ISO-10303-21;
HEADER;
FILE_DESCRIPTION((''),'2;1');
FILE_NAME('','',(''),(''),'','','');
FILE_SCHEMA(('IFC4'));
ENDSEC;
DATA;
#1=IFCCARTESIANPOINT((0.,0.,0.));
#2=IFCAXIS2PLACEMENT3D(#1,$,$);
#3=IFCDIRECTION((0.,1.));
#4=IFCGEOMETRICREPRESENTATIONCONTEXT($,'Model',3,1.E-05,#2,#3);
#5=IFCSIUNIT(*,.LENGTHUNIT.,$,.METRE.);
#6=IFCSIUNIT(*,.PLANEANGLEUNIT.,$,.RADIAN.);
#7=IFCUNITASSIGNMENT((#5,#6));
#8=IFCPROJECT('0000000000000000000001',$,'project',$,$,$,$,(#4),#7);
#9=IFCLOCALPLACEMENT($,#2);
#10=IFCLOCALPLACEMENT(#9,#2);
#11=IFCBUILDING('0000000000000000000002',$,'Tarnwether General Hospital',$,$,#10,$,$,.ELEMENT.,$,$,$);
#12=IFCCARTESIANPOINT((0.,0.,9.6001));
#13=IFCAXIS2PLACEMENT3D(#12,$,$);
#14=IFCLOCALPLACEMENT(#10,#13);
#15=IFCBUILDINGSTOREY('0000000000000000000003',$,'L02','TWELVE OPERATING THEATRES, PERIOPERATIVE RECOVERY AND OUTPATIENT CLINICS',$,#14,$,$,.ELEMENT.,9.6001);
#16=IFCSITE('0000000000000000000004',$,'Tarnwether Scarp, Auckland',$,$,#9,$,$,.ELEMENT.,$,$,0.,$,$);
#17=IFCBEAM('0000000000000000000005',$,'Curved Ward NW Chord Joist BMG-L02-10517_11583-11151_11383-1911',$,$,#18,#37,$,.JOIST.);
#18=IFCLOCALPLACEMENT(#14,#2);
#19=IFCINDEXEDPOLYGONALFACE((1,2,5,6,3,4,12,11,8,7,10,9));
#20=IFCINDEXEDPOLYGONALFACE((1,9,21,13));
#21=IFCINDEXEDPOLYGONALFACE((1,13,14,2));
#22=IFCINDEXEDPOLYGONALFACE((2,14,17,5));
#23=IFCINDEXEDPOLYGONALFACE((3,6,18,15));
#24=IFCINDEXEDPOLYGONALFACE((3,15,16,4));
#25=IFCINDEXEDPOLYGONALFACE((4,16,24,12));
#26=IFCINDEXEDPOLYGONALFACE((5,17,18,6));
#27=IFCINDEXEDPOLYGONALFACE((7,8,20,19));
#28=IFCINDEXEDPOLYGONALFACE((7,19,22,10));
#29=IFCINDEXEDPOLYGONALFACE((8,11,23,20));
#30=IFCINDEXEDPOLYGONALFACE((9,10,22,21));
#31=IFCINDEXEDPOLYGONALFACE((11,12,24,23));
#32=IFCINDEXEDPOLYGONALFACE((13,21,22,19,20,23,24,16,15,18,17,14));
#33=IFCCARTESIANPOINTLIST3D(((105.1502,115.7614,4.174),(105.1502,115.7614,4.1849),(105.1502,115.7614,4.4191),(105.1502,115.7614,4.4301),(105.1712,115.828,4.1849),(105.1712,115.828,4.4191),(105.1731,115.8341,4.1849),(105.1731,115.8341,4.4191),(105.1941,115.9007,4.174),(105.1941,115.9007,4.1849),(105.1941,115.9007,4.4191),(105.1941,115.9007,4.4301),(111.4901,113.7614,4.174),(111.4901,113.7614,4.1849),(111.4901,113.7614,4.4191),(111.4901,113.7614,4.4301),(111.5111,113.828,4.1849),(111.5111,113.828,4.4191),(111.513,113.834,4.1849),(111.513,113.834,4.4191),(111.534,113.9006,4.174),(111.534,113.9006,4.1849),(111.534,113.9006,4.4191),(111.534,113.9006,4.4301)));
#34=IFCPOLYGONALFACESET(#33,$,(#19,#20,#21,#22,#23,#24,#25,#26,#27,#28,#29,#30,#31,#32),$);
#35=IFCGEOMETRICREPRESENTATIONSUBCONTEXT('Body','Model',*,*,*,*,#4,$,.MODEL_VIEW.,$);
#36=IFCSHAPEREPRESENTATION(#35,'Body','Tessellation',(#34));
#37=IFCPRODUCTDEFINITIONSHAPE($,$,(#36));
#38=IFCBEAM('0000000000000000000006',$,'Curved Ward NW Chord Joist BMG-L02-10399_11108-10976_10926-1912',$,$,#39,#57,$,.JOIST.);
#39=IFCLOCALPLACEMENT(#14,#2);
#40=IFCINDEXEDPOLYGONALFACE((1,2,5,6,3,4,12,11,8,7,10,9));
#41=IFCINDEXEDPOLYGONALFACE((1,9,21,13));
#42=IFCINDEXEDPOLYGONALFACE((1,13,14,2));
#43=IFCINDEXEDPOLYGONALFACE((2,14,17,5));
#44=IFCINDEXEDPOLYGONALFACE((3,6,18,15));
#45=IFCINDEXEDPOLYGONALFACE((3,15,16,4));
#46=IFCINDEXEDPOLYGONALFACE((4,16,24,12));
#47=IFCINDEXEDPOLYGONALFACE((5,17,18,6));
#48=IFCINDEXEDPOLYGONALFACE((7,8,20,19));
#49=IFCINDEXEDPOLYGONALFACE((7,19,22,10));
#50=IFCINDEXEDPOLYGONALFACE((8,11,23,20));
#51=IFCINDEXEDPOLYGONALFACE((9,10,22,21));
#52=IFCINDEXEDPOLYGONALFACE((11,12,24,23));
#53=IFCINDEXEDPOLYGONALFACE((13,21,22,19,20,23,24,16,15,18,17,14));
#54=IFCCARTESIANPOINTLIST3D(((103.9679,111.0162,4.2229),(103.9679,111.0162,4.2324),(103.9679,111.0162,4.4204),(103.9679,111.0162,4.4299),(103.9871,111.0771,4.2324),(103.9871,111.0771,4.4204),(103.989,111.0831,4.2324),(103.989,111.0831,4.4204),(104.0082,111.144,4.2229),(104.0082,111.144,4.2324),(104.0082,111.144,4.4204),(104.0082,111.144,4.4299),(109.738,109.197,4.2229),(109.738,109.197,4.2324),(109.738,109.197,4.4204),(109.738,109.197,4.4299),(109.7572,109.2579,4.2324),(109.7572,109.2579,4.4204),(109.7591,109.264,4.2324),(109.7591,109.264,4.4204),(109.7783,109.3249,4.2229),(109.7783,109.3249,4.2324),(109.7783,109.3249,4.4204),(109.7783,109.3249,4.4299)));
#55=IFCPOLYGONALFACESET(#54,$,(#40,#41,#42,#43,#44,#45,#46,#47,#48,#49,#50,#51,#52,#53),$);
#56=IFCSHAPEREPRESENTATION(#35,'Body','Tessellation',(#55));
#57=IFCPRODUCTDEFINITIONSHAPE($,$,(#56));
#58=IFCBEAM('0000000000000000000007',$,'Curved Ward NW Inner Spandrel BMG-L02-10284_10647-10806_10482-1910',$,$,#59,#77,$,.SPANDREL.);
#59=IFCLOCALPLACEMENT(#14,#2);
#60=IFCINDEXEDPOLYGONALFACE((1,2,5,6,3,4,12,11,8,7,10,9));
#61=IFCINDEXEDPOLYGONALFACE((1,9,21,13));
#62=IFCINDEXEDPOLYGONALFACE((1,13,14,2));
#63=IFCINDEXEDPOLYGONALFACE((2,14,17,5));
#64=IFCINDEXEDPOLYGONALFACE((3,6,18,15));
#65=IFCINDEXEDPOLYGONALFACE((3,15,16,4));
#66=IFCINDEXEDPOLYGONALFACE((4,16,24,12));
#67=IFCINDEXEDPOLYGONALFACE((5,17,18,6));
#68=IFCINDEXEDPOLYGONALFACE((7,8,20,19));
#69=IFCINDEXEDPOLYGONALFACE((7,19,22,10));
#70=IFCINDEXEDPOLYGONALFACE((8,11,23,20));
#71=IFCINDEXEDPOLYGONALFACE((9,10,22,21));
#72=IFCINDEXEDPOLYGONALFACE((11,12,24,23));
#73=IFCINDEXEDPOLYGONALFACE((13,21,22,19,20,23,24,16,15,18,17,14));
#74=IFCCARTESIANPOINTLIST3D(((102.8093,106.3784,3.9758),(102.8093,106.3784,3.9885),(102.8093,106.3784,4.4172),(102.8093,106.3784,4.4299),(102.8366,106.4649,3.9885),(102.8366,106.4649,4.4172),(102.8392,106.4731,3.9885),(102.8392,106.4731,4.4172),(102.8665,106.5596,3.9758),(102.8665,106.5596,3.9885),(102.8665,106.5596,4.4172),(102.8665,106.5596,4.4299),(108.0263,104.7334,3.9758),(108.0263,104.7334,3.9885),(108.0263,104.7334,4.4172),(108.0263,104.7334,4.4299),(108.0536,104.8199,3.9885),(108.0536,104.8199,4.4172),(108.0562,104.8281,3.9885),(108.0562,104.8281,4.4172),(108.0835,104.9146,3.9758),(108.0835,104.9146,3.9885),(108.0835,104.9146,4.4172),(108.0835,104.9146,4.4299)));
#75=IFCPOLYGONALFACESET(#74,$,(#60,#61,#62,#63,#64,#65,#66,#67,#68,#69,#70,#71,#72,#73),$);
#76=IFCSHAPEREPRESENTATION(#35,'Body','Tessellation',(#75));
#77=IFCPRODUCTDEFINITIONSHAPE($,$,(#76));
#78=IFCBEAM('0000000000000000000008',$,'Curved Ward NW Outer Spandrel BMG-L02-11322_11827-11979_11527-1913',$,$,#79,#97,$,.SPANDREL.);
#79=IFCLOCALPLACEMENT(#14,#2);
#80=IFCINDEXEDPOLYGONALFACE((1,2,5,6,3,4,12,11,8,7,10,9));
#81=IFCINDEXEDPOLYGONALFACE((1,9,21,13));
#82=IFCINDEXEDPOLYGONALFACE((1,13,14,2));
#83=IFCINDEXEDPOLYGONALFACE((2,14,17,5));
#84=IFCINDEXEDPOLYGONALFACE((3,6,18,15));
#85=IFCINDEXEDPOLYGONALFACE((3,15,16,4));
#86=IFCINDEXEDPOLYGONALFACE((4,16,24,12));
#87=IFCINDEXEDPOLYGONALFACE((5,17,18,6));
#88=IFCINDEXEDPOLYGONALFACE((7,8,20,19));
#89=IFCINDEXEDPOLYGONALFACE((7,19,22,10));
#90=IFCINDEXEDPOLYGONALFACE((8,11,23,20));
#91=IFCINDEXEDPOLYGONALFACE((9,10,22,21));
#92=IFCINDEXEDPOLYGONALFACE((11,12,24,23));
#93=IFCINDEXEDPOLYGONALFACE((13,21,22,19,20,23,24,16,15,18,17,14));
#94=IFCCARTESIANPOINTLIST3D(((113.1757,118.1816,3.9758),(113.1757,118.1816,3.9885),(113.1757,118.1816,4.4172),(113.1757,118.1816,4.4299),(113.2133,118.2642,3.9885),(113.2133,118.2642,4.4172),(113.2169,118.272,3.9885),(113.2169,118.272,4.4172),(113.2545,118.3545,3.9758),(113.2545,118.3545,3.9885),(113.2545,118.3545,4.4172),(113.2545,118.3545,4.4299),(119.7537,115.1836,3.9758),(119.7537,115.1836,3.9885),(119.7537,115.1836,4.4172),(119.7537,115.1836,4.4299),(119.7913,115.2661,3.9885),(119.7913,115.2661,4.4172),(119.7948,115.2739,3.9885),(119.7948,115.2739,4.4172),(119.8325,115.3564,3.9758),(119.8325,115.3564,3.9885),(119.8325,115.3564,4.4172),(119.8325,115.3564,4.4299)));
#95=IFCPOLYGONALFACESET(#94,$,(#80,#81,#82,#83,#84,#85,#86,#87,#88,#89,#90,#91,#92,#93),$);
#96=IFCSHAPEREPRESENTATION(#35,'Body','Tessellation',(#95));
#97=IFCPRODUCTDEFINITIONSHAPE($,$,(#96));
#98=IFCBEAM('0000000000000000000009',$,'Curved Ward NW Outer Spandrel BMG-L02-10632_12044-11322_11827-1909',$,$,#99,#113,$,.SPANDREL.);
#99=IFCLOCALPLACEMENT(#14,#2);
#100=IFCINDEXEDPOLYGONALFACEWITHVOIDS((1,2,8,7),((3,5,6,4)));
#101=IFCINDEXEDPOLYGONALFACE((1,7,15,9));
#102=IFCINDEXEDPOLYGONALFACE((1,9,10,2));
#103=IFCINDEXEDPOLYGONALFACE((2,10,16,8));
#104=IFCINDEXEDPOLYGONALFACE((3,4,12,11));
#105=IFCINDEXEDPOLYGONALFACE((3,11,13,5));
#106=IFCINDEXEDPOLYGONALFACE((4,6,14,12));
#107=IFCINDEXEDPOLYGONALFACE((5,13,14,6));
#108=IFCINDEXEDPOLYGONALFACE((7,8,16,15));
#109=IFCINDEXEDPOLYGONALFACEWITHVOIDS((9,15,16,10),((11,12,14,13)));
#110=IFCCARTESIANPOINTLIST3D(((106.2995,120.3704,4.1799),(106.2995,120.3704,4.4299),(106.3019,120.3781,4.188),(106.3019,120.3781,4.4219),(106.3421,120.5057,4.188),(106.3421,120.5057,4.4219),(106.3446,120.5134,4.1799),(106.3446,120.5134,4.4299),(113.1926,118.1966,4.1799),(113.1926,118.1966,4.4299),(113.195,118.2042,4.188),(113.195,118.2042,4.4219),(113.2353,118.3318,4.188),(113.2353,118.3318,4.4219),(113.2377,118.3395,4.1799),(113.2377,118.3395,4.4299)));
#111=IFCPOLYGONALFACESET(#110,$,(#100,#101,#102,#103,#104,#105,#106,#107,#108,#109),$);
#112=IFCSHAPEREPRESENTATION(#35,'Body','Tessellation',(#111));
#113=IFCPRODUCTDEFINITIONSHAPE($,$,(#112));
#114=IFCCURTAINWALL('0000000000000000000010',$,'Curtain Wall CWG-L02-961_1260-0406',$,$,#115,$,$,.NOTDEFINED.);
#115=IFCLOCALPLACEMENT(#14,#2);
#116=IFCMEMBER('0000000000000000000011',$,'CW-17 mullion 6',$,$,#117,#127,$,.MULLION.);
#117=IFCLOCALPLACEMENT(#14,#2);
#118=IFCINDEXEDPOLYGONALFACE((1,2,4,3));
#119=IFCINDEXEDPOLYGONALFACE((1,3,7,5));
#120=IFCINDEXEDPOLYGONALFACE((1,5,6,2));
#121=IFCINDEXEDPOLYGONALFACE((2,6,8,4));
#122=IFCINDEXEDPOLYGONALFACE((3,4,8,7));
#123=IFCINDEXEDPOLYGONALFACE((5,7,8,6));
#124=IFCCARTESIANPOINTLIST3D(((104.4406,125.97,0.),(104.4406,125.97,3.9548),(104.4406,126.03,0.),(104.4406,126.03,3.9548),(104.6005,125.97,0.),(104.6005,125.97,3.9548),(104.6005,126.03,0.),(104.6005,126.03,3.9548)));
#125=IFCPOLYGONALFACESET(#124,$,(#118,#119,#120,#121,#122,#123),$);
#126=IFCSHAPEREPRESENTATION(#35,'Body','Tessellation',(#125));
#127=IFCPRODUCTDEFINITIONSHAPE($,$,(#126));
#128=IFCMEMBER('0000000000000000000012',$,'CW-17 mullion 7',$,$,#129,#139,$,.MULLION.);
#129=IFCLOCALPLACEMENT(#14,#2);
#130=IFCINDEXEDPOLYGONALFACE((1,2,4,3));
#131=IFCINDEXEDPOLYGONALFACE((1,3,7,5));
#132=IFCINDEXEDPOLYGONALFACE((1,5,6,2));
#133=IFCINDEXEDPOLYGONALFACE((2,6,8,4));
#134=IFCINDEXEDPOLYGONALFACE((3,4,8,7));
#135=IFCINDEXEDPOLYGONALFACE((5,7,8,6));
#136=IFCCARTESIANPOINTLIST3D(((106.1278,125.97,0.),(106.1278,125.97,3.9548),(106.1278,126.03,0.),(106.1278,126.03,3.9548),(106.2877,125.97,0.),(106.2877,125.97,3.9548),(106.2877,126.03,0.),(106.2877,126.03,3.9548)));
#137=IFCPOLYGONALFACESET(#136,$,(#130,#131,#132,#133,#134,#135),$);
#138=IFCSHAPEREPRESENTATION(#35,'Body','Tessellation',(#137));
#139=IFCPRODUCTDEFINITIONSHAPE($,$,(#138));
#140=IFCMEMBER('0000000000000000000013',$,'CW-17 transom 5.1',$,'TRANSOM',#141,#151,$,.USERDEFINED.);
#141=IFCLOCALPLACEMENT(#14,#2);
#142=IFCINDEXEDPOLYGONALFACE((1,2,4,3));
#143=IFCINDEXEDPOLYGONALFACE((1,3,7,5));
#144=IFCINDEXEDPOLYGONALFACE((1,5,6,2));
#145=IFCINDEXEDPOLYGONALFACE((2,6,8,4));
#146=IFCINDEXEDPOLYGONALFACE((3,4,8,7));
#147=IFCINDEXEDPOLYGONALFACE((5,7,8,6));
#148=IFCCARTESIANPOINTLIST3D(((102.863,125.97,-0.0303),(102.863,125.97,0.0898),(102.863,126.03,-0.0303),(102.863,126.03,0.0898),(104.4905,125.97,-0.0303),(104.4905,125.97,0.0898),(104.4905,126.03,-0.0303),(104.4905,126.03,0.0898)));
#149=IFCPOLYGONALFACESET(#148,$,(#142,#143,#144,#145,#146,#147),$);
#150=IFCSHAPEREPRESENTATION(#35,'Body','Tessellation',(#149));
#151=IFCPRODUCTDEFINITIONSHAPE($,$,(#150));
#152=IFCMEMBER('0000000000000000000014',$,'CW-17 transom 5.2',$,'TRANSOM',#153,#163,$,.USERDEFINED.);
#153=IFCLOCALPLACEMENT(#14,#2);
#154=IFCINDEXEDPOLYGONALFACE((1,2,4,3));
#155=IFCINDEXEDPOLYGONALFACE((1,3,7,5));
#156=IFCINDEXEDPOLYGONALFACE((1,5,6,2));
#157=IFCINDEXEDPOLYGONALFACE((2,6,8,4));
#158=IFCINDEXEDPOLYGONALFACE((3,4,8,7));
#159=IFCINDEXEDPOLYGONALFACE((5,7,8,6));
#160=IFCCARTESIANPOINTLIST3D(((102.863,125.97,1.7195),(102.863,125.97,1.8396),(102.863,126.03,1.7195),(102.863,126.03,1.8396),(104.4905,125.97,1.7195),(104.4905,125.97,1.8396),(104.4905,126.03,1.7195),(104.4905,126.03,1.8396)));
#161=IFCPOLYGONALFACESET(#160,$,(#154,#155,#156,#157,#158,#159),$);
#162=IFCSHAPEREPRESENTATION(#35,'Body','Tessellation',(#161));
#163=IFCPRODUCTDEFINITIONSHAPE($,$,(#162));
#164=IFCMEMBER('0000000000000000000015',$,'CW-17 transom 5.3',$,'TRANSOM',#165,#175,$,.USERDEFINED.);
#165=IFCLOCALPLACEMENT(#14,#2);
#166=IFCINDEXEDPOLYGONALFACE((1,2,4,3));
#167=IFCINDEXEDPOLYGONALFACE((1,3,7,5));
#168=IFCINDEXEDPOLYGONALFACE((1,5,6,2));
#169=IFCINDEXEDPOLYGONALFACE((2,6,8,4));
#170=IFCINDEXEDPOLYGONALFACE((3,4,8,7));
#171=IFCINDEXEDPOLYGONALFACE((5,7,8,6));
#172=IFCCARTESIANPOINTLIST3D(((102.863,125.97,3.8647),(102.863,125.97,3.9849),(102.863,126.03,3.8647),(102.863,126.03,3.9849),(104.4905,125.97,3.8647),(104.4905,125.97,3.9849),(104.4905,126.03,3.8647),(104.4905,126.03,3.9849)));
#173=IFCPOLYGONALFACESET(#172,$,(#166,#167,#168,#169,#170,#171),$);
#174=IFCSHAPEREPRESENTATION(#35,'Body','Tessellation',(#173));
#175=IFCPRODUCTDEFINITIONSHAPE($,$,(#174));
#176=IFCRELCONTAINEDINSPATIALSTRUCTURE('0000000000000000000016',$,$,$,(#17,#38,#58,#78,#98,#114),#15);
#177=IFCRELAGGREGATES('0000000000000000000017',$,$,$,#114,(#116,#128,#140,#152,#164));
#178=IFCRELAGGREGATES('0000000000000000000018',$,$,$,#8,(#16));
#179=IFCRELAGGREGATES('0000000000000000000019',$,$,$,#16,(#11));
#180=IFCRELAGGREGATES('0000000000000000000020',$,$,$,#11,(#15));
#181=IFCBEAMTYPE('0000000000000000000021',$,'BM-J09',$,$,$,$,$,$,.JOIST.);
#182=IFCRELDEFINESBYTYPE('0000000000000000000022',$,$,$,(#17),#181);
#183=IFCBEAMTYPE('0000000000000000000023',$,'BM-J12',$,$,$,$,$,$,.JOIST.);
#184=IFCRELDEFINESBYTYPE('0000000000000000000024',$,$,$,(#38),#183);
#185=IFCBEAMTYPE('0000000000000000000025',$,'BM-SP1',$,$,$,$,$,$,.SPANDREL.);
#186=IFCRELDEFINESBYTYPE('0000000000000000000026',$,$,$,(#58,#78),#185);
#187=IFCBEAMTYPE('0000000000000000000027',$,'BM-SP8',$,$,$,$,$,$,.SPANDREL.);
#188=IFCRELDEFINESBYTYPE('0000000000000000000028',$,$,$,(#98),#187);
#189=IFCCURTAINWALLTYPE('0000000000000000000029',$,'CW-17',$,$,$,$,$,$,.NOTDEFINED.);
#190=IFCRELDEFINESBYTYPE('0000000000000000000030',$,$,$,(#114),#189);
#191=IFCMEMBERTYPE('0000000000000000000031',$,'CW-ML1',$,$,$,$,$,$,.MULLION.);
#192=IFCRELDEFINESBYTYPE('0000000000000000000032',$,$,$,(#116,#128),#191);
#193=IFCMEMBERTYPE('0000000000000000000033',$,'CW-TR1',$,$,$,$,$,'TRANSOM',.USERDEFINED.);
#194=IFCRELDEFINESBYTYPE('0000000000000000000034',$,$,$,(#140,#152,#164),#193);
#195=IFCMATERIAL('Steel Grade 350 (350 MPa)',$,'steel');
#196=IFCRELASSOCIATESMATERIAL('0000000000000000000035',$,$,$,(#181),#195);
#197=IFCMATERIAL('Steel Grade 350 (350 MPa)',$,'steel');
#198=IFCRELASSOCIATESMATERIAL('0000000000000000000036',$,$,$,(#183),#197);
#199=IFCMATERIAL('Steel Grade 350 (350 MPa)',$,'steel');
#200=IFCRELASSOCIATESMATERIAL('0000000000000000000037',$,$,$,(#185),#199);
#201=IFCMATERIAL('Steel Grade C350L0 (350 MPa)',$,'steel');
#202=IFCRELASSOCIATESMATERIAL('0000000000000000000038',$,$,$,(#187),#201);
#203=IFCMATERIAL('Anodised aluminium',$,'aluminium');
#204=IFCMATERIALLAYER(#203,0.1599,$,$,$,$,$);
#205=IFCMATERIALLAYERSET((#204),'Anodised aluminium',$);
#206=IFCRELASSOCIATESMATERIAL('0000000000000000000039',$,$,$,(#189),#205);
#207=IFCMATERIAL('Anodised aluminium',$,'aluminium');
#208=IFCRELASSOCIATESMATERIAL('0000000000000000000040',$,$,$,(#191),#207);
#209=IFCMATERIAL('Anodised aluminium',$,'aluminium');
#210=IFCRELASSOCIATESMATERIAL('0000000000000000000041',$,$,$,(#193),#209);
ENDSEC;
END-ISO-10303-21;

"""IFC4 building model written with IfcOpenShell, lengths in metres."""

from ifc_helpers import new_model, si_unit, direction, frame, origin, origin_2d, place, context, subcontext, project, spatial, rectangle, hollow_rectangle, i_section, extrude, material, layer, layer_set, material_profile, profile_set, type_object, element, aggregate, save


model = new_model("IFC4")

# Units and contexts
model_context = context("Model", 3, precision=1e-05, world=origin(), true_north=direction((0.0, 1.0)))
body_context = subcontext(model_context, "Body", "Model", "MODEL_VIEW")
ifc_project = project(units=[si_unit("LENGTHUNIT", "METRE"), si_unit("PLANEANGLEUNIT", "RADIAN")], contexts=[model_context])

# Site, building, storey
site_placement = place(None, origin())
site = spatial("IfcSite", under=ifc_project, at=site_placement, Name="Tarnwether Scarp, Auckland", CompositionType="ELEMENT", RefElevation=0.0)
building_placement = place(site_placement, origin())
building = spatial("IfcBuilding", under=site, at=building_placement, Name="Tarnwether General Hospital", CompositionType="ELEMENT")
storey_placement = place(building_placement, frame((0.0, 0.0, 9.6001)))
storey = spatial("IfcBuildingStorey", under=building, at=storey_placement, Name="L02", Description="TWELVE OPERATING THEATRES, PERIOPERATIVE RECOVERY AND OUTPATIENT CLINICS", CompositionType="ELEMENT", Elevation=9.6001)

# Beams
ifc_material_1 = material(Name="Steel Grade 350 (350 MPa)", Category="steel")
ifc_material_profile_1 = material_profile(ifc_material_1, i_section(OverallWidth=0.146, OverallDepth=0.2561, WebThickness=0.0063, FlangeThickness=0.011, at=origin_2d()), Name="250UB37.3")
ifc_profile_set_1 = profile_set([ifc_material_profile_1], Name="Steel Grade 350 (350 MPa)")
beam_type_1 = type_object("IfcBeamType", Name="BM-J09", PredefinedType="JOIST", material=ifc_profile_set_1)
beam_1_placement = place(storey_placement, frame((105.1721, 115.8311, 4.302), z_axis=(0.953671, -0.30085, 0.0), x_axis=(0.30085, 0.953671, 0.0)))
element("IfcBeam", 1, at=beam_1_placement, inside=storey, type_object=beam_type_1, Name="Curved Ward NW Chord Joist BMG-L02-10517_11583-11151_11383-1911", PredefinedType="JOIST", context=body_context, shape_type="SweptSolid", body=[
    extrude(i_section(OverallWidth=0.146, OverallDepth=0.2561, WebThickness=0.0063, FlangeThickness=0.011, at=origin_2d()), origin(), (0.0, 0.0, 1.0), 6.6479),
])
ifc_material_2 = material(Name="Steel Grade 350 (350 MPa)", Category="steel")
ifc_material_profile_2 = material_profile(ifc_material_2, i_section(OverallWidth=0.134, OverallDepth=0.207, WebThickness=0.0063, FlangeThickness=0.0095, at=origin_2d()), Name="200UB29.8")
ifc_profile_set_2 = profile_set([ifc_material_profile_2], Name="Steel Grade 350 (350 MPa)")
beam_type_2 = type_object("IfcBeamType", Name="BM-J12", PredefinedType="JOIST", material=ifc_profile_set_2)
beam_2_placement = place(storey_placement, frame((103.988, 111.0801, 4.3264), z_axis=(0.953726, -0.300677, 0.0), x_axis=(0.300677, 0.953726, 0.0)))
element("IfcBeam", 2, at=beam_2_placement, inside=storey, type_object=beam_type_2, Name="Curved Ward NW Chord Joist BMG-L02-10399_11108-10976_10926-1912", PredefinedType="JOIST", context=body_context, shape_type="SweptSolid", body=[
    extrude(i_section(OverallWidth=0.134, OverallDepth=0.207, WebThickness=0.0063, FlangeThickness=0.0095, at=origin_2d()), origin(), (0.0, 0.0, 1.0), 6.05),
])
ifc_material_3 = material(Name="Steel Grade 350 (350 MPa)", Category="steel")
ifc_material_profile_3 = material_profile(ifc_material_3, i_section(OverallWidth=0.1899, OverallDepth=0.4541, WebThickness=0.0085, FlangeThickness=0.0127, at=origin_2d()), Name="460UB67.1")
ifc_profile_set_3 = profile_set([ifc_material_profile_3], Name="Steel Grade 350 (350 MPa)")
beam_type_3 = type_object("IfcBeamType", Name="BM-SP1", PredefinedType="SPANDREL", material=ifc_profile_set_3)
beam_3_placement = place(storey_placement, frame((102.8379, 106.469, 4.2029), z_axis=(0.953712, -0.300721, 0.0), x_axis=(0.300721, 0.953712, 0.0)))
element("IfcBeam", 3, at=beam_3_placement, inside=storey, type_object=beam_type_3, Name="Curved Ward NW Inner Spandrel BMG-L02-10284_10647-10806_10482-1910", PredefinedType="SPANDREL", context=body_context, shape_type="SweptSolid", body=[
    extrude(i_section(OverallWidth=0.1899, OverallDepth=0.4541, WebThickness=0.0085, FlangeThickness=0.0127, at=origin_2d()), origin(), (0.0, 0.0, 1.0), 5.4702),
])
beam_4_placement = place(storey_placement, frame((113.2151, 118.2681, 4.2029), z_axis=(0.909944, -0.414731, 0.0), x_axis=(0.414731, 0.909944, 0.0)))
element("IfcBeam", 4, at=beam_4_placement, inside=storey, type_object=beam_type_3, Name="Curved Ward NW Outer Spandrel BMG-L02-11322_11827-11979_11527-1913", PredefinedType="SPANDREL", context=body_context, shape_type="SweptSolid", body=[
    extrude(i_section(OverallWidth=0.1899, OverallDepth=0.4541, WebThickness=0.0085, FlangeThickness=0.0127, at=origin_2d()), origin(), (0.0, 0.0, 1.0), 7.229),
])
ifc_material_4 = material(Name="Steel Grade C350L0 (350 MPa)", Category="steel")
ifc_material_profile_4 = material_profile(ifc_material_4, hollow_rectangle(XDim=0.1499, YDim=0.25, WallThickness=0.0081, at=origin_2d()), Name="RHS250x150x8")
ifc_profile_set_4 = profile_set([ifc_material_profile_4], Name="Steel Grade C350L0 (350 MPa)")
beam_type_4 = type_object("IfcBeamType", Name="BM-SP8", PredefinedType="SPANDREL", material=ifc_profile_set_4)
beam_5_placement = place(storey_placement, frame((106.322, 120.4419, 4.3049), z_axis=(0.953699, -0.300763, 0.0), x_axis=(0.300763, 0.953699, 0.0)))
element("IfcBeam", 5, at=beam_5_placement, inside=storey, type_object=beam_type_4, Name="Curved Ward NW Outer Spandrel BMG-L02-10632_12044-11322_11827-1909", PredefinedType="SPANDREL", context=body_context, shape_type="SweptSolid", body=[
    extrude(hollow_rectangle(XDim=0.1499, YDim=0.25, WallThickness=0.0081, at=origin_2d()), origin(), (0.0, 0.0, 1.0), 7.2278),
])

# Curtain wall, members
ifc_material_5 = material(Name="Anodised aluminium", Category="aluminium")
ifc_layer_1 = layer(ifc_material_5, 0.1599)
ifc_layer_set_1 = layer_set([ifc_layer_1], Name="Anodised aluminium")
curtain_wall_type = type_object("IfcCurtainWallType", Name="CW-17", PredefinedType="NOTDEFINED", material=ifc_layer_set_1)
curtain_wall_placement = place(storey_placement, origin())
curtain_wall = element("IfcCurtainWall", 6, at=curtain_wall_placement, inside=storey, type_object=curtain_wall_type, Name="Curtain Wall CWG-L02-961_1260-0406", PredefinedType="NOTDEFINED")
ifc_material_6 = material(Name="Anodised aluminium", Category="aluminium")
ifc_material_profile_5 = material_profile(ifc_material_6, rectangle(XDim=0.0601, YDim=0.1599, at=origin_2d()), Name="ALU-MUL-60x160")
ifc_profile_set_5 = profile_set([ifc_material_profile_5], Name="Anodised aluminium")
member_type_1 = type_object("IfcMemberType", Name="CW-ML1", PredefinedType="MULLION", material=ifc_profile_set_5)
member_1_placement = place(storey_placement, frame((104.5205, 126.0, 0.0), z_axis=(0.0, 0.0, 1.0), x_axis=(0.0, 1.0, 0.0)))
member_1 = element("IfcMember", 7, at=member_1_placement, type_object=member_type_1, Name="CW-17 mullion 6", PredefinedType="MULLION", context=body_context, shape_type="SweptSolid", body=[
    extrude(rectangle(XDim=0.0601, YDim=0.1599, at=origin_2d()), origin(), (0.0, 0.0, 1.0), 3.9548),
])
member_2_placement = place(storey_placement, frame((106.2078, 126.0, 0.0), z_axis=(0.0, 0.0, 1.0), x_axis=(0.0, 1.0, 0.0)))
member_2 = element("IfcMember", 8, at=member_2_placement, type_object=member_type_1, Name="CW-17 mullion 7", PredefinedType="MULLION", context=body_context, shape_type="SweptSolid", body=[
    extrude(rectangle(XDim=0.0601, YDim=0.1599, at=origin_2d()), origin(), (0.0, 0.0, 1.0), 3.9548),
])
ifc_material_7 = material(Name="Anodised aluminium", Category="aluminium")
ifc_material_profile_6 = material_profile(ifc_material_7, rectangle(XDim=0.0601, YDim=0.1201, at=origin_2d()), Name="ALU-TRN-60x120")
ifc_profile_set_6 = profile_set([ifc_material_profile_6], Name="Anodised aluminium")
member_type_2 = type_object("IfcMemberType", Name="CW-TR1", ElementType="TRANSOM", PredefinedType="USERDEFINED", material=ifc_profile_set_6)
member_3_placement = place(storey_placement, frame((102.863, 126.0, 0.0298), z_axis=(1.0, 0.0, 0.0), x_axis=(0.0, 1.0, 0.0)))
member_3 = element("IfcMember", 9, at=member_3_placement, type_object=member_type_2, Name="CW-17 transom 5.1", ObjectType="TRANSOM", PredefinedType="USERDEFINED", context=body_context, shape_type="SweptSolid", body=[
    extrude(rectangle(XDim=0.0601, YDim=0.1201, at=origin_2d()), origin(), (0.0, 0.0, 1.0), 1.6274),
])
member_4_placement = place(storey_placement, frame((102.863, 126.0, 1.7795), z_axis=(1.0, 0.0, 0.0), x_axis=(0.0, 1.0, 0.0)))
member_4 = element("IfcMember", 10, at=member_4_placement, type_object=member_type_2, Name="CW-17 transom 5.2", ObjectType="TRANSOM", PredefinedType="USERDEFINED", context=body_context, shape_type="SweptSolid", body=[
    extrude(rectangle(XDim=0.0601, YDim=0.1201, at=origin_2d()), origin(), (0.0, 0.0, 1.0), 1.6274),
])
member_5_placement = place(storey_placement, frame((102.863, 126.0, 3.9248), z_axis=(1.0, 0.0, 0.0), x_axis=(0.0, 1.0, 0.0)))
member_5 = element("IfcMember", 11, at=member_5_placement, type_object=member_type_2, Name="CW-17 transom 5.3", ObjectType="TRANSOM", PredefinedType="USERDEFINED", context=body_context, shape_type="SweptSolid", body=[
    extrude(rectangle(XDim=0.0601, YDim=0.1201, at=origin_2d()), origin(), (0.0, 0.0, 1.0), 1.6274),
])
aggregate(curtain_wall, [member_1, member_2, member_3, member_4, member_5])

save(model, "model.ifc")
